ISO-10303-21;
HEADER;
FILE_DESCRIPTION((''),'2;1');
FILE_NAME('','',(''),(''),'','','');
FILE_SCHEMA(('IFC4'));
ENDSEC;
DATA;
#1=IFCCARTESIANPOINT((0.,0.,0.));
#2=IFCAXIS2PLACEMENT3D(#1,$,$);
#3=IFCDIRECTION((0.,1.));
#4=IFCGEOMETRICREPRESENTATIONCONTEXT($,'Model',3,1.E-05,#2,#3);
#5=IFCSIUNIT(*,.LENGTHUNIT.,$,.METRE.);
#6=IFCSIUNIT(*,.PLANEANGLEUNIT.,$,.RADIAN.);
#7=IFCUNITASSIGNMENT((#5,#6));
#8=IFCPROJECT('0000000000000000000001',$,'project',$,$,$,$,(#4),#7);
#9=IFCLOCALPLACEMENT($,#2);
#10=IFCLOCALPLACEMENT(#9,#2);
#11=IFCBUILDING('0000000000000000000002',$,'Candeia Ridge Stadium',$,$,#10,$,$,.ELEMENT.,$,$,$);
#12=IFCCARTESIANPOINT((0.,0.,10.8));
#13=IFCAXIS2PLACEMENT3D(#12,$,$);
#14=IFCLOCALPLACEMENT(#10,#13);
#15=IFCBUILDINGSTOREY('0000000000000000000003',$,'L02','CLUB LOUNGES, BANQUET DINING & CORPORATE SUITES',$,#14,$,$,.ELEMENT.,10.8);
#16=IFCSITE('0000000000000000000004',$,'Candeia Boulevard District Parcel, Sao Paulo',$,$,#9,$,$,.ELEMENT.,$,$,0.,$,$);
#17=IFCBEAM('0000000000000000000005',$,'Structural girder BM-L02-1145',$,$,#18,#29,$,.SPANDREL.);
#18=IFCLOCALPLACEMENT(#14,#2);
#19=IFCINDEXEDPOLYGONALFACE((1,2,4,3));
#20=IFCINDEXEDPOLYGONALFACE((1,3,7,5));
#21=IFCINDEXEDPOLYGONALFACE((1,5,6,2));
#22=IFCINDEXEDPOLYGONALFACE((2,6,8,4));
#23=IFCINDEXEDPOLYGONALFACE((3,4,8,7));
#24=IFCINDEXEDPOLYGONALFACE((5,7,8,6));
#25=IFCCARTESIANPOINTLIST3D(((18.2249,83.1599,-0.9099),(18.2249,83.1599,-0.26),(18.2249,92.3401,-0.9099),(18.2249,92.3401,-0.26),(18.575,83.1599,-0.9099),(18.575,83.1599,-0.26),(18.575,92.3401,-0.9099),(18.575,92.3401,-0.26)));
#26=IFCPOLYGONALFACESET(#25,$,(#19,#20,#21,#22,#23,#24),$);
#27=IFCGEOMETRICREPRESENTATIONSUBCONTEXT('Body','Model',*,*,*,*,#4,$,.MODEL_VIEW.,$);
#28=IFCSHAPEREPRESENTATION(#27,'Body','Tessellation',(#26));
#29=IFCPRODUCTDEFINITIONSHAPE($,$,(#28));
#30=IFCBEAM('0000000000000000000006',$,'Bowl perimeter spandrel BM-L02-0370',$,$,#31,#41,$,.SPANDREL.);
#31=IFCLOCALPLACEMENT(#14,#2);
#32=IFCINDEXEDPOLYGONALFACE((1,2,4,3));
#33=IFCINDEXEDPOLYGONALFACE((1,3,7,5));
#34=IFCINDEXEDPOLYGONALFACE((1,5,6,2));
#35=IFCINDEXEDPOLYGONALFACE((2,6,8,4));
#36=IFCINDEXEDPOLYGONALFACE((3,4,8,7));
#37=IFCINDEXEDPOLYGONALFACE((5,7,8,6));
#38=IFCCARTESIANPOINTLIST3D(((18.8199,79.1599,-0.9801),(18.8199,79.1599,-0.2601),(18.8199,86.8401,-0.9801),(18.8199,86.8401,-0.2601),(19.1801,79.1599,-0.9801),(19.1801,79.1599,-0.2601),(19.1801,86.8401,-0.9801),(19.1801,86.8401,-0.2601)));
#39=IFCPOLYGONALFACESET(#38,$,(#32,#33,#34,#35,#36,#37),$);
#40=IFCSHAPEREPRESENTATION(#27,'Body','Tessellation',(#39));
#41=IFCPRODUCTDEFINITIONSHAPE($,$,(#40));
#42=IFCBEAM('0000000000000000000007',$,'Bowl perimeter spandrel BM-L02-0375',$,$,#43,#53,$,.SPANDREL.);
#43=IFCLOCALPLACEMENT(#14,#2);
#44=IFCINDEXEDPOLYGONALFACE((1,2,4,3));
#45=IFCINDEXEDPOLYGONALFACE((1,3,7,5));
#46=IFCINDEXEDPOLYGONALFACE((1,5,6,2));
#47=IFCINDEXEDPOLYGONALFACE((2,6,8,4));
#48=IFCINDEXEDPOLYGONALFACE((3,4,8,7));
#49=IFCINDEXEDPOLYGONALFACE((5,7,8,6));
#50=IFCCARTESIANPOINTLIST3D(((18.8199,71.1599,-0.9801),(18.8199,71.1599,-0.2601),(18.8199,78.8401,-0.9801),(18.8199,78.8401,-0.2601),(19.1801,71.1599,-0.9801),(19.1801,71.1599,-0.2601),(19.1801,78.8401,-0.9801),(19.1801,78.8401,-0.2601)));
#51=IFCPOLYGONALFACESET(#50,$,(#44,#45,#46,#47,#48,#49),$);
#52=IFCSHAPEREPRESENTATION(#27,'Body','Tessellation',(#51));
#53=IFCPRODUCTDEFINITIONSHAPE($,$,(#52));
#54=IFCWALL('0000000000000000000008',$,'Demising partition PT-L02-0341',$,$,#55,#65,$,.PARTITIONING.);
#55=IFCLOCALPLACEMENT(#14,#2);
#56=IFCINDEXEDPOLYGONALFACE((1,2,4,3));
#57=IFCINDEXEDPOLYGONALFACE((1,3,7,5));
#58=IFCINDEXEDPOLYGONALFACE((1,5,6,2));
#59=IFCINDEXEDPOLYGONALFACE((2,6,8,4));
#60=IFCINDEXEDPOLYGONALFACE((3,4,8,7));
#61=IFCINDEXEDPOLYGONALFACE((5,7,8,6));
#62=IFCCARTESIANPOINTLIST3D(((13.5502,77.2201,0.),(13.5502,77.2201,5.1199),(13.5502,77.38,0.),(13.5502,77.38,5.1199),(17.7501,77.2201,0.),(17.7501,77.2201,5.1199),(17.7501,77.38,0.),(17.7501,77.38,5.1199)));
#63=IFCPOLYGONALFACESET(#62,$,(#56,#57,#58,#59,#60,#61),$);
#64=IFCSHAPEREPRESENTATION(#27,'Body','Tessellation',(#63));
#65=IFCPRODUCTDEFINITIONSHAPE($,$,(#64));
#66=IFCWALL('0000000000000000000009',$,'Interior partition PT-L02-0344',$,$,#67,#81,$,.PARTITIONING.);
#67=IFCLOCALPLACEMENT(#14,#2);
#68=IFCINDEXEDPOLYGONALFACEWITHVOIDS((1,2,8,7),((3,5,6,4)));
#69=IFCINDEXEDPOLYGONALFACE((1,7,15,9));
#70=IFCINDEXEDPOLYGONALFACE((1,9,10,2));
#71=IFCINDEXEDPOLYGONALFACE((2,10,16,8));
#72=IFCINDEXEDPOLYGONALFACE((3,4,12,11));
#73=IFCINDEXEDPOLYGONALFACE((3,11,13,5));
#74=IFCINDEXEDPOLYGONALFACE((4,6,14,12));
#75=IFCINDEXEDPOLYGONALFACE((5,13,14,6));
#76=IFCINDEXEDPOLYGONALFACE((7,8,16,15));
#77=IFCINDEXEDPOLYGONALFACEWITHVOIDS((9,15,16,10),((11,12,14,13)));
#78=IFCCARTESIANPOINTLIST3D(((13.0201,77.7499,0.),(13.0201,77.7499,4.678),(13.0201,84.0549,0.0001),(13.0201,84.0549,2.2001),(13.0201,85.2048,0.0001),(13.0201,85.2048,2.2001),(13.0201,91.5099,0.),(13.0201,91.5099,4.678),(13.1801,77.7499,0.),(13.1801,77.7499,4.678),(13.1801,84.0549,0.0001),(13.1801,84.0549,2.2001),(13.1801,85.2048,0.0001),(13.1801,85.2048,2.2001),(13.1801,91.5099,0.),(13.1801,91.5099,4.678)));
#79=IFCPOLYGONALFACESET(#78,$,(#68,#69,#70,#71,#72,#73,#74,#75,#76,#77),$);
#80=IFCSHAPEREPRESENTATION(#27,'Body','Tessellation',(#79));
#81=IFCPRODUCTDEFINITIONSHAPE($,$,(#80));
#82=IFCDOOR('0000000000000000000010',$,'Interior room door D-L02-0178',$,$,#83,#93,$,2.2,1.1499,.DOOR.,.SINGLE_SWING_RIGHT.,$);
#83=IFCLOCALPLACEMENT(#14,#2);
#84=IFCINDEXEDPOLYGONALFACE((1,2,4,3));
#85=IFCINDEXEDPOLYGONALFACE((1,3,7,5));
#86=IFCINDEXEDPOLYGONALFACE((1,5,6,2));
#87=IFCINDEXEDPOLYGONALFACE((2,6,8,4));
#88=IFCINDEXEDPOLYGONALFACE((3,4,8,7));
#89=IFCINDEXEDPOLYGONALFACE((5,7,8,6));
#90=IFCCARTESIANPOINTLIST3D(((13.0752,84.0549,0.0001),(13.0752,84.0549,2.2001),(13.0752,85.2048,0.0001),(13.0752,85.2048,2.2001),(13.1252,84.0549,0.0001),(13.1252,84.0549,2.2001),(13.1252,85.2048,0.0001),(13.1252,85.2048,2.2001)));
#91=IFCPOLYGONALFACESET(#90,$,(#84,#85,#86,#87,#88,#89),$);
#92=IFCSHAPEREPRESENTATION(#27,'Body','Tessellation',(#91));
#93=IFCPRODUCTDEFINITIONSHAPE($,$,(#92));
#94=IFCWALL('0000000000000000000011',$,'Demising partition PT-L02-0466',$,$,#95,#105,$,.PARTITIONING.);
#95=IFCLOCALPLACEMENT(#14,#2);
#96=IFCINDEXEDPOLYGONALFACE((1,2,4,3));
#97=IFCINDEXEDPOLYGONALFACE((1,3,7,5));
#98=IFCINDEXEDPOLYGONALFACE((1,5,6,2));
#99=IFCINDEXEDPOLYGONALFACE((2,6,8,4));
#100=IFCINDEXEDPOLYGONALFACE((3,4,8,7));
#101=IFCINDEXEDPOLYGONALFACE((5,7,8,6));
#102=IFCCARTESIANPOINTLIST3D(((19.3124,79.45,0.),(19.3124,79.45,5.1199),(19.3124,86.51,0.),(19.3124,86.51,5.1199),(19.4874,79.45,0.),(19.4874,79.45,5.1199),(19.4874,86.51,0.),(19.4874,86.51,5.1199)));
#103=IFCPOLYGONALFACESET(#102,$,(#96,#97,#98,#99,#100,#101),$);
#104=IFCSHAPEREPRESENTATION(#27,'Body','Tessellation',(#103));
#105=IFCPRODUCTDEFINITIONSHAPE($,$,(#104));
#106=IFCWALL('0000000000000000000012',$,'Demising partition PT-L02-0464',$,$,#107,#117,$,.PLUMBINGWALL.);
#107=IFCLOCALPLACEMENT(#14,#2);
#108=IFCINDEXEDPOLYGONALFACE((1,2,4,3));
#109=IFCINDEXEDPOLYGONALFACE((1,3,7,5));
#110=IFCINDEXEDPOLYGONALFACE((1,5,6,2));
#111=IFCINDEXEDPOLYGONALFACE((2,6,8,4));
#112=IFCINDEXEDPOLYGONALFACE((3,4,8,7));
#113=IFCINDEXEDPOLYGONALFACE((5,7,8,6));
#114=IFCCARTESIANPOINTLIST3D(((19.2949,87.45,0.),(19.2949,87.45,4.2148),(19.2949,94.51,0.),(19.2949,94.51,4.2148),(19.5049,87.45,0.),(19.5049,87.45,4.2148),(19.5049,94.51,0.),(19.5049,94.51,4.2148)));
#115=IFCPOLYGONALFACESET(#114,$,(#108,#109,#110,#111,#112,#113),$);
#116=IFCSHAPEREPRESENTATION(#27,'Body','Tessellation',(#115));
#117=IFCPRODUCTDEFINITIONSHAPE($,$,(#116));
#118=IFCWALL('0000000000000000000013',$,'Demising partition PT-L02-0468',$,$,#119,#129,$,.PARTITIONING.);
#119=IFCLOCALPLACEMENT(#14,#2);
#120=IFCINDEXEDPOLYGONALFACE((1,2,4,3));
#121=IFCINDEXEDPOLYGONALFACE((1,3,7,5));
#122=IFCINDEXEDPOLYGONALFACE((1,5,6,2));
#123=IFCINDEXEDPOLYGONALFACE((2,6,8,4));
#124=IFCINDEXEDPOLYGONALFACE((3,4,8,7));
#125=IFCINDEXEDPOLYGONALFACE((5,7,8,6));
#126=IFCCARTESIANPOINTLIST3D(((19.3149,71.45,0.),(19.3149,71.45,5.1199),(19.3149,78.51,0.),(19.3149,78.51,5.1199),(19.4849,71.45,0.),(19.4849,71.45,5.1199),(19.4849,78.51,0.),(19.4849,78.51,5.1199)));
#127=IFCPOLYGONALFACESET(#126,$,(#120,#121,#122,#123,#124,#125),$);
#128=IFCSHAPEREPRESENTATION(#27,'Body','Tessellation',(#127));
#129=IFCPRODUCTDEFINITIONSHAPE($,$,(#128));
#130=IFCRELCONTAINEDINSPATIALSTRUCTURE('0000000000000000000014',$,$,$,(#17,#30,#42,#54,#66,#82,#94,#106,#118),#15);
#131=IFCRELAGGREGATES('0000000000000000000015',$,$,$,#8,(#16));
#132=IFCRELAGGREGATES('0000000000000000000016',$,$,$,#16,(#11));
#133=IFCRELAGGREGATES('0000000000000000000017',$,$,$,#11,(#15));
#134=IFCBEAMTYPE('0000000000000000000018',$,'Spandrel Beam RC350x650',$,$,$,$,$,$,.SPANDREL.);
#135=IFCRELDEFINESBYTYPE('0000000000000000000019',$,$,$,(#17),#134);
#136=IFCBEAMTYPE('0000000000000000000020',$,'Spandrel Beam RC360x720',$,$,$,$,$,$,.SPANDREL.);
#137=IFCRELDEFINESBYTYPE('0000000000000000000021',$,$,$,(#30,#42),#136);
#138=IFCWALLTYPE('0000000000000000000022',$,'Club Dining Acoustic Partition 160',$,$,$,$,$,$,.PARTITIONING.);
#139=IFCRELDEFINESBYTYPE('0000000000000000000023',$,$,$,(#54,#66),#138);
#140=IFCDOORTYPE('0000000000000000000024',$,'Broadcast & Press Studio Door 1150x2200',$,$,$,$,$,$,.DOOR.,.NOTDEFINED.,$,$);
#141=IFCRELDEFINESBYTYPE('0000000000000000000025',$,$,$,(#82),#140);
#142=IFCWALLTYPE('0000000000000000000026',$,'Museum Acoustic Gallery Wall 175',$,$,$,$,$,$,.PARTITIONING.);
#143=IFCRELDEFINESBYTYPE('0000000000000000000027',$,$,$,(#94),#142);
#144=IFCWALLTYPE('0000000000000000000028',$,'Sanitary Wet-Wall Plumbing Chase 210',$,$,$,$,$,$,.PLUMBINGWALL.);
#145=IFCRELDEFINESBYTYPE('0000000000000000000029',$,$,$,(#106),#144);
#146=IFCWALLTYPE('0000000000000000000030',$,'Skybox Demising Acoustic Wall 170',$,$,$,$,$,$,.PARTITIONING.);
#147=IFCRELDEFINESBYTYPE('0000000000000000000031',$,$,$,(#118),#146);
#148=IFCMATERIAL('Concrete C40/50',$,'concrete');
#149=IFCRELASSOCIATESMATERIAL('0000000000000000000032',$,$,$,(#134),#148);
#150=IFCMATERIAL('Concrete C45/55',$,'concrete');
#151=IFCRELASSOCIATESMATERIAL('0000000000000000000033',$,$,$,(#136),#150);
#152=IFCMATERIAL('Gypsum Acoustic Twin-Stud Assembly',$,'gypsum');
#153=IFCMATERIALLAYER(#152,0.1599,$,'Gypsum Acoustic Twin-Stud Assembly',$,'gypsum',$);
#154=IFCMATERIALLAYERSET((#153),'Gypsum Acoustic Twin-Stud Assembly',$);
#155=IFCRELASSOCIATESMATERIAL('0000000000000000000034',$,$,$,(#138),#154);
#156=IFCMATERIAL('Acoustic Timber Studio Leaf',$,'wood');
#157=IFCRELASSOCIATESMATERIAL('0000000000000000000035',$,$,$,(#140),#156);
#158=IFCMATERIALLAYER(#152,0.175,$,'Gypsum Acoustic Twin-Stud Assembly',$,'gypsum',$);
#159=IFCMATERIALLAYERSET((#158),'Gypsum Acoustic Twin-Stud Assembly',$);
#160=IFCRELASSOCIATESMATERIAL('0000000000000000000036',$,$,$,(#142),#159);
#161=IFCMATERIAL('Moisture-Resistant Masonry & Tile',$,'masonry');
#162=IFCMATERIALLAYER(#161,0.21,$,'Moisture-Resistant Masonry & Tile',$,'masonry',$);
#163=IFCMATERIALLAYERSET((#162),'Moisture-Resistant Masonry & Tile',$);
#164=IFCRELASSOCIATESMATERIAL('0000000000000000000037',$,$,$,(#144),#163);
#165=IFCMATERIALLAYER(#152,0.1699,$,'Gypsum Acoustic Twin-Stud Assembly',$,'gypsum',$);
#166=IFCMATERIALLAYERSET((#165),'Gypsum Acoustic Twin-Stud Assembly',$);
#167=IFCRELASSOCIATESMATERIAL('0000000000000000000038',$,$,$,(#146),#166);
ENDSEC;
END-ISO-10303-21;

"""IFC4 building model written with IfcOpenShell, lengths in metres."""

from ifc_helpers import new_model, si_unit, direction, frame, frame_2d, origin, origin_2d, place, context, subcontext, project, spatial, rectangle, extrude, material, layer, layer_set, material_profile, profile_set, type_object, element, fill, save


model = new_model("IFC4")

# Units and contexts
model_context = context("Model", 3, precision=1e-05, world=origin(), true_north=direction((0.0, 1.0)))
body_context = subcontext(model_context, "Body", "Model", "MODEL_VIEW")
ifc_project = project(units=[si_unit("LENGTHUNIT", "METRE"), si_unit("PLANEANGLEUNIT", "RADIAN")], contexts=[model_context])

# Site, building, storey
site_placement = place(None, origin())
site = spatial("IfcSite", under=ifc_project, at=site_placement, Name="Candeia Boulevard District Parcel, Sao Paulo", CompositionType="ELEMENT", RefElevation=0.0)
building_placement = place(site_placement, origin())
building = spatial("IfcBuilding", under=site, at=building_placement, Name="Candeia Ridge Stadium", CompositionType="ELEMENT")
storey_placement = place(building_placement, frame((0.0, 0.0, 10.8)))
storey = spatial("IfcBuildingStorey", under=building, at=storey_placement, Name="L02", Description="CLUB LOUNGES, BANQUET DINING & CORPORATE SUITES", CompositionType="ELEMENT", Elevation=10.8)

# Shared definitions
ifc_material_1 = material(Name="Concrete C45/55", Category="concrete")
ifc_material_2 = material(Name="Concrete C40/50", Category="concrete")

# Beams
ifc_material_profile_1 = material_profile(ifc_material_2, rectangle(XDim=0.3501, YDim=0.6499, at=origin_2d()), Name="RC350x650", Category="concrete")
ifc_profile_set_1 = profile_set([ifc_material_profile_1], Name="Concrete C40/50")
beam_type_1 = type_object("IfcBeamType", Name="Spandrel Beam RC350x650", PredefinedType="SPANDREL", material=ifc_profile_set_1)
for number, where, z_axis, x_axis, name in (
    (1, (18.3999, 83.1599, -0.585), (0.0, 1.0, 0.0), (-1.0, 0.0, 0.0), "Structural girder BM-L02-1145"),
):
    element("IfcBeam", number, at=place(storey_placement, frame(where, z_axis=z_axis, x_axis=x_axis)), inside=storey, type_object=beam_type_1, Name=name, PredefinedType="SPANDREL", context=body_context, shape_type="SweptSolid", body=[
        extrude(rectangle(XDim=0.3501, YDim=0.6499, at=origin_2d()), origin(), (0.0, 0.0, 1.0), 9.1802),
    ])
ifc_material_profile_2 = material_profile(ifc_material_1, rectangle(XDim=0.3601, YDim=0.72, at=origin_2d()), Name="RC360x720", Category="concrete")
ifc_profile_set_2 = profile_set([ifc_material_profile_2], Name="Concrete C45/55")
beam_type_2 = type_object("IfcBeamType", Name="Spandrel Beam RC360x720", PredefinedType="SPANDREL", material=ifc_profile_set_2)
for number, where, z_axis, x_axis, name in (
    (2, (19.0, 86.8401, -0.6201), (0.0, -1.0, 0.0), (1.0, 0.0, 0.0), "Bowl perimeter spandrel BM-L02-0370"),
    (3, (19.0, 78.8401, -0.6201), (0.0, -1.0, 0.0), (1.0, 0.0, 0.0), "Bowl perimeter spandrel BM-L02-0375"),
):
    element("IfcBeam", number, at=place(storey_placement, frame(where, z_axis=z_axis, x_axis=x_axis)), inside=storey, type_object=beam_type_2, Name=name, PredefinedType="SPANDREL", context=body_context, shape_type="SweptSolid", body=[
        extrude(rectangle(XDim=0.3601, YDim=0.72, at=origin_2d()), origin(), (0.0, 0.0, 1.0), 7.6802),
    ])

# Wall
ifc_material_3 = material(Name="Gypsum Acoustic Twin-Stud Assembly", Category="gypsum")
ifc_layer_1 = layer(ifc_material_3, 0.1599, Name="Gypsum Acoustic Twin-Stud Assembly", Category="gypsum")
ifc_layer_set_1 = layer_set([ifc_layer_1], Name="Gypsum Acoustic Twin-Stud Assembly")
wall_type_1 = type_object("IfcWallType", Name="Club Dining Acoustic Partition 160", PredefinedType="PARTITIONING", material=ifc_layer_set_1)
wall_1_placement = place(storey_placement, frame((13.55, 77.3, 0.0), z_axis=(0.0, 0.0, 1.0), x_axis=(1.0, 0.0, 0.0)))
element("IfcWall", 4, at=wall_1_placement, inside=storey, type_object=wall_type_1, Name="Demising partition PT-L02-0341", PredefinedType="PARTITIONING", context=body_context, shape_type="SweptSolid", body=[
    extrude(rectangle(XDim=4.2, YDim=0.1599, at=frame_2d((2.1001, 0.0))), origin(), (0.0, 0.0, 1.0), 5.1199),
])

# Wall, opening, door
wall_2_placement = place(storey_placement, frame((13.1001, 77.75, 0.0), z_axis=(0.0, 0.0, 1.0), x_axis=(0.0, 1.0, 0.0)))
wall_2 = element("IfcWall", 5, at=wall_2_placement, inside=storey, type_object=wall_type_1, Name="Interior partition PT-L02-0344", PredefinedType="PARTITIONING", context=body_context, shape_type="SweptSolid", body=[
    extrude(rectangle(XDim=13.76, YDim=0.1599, at=frame_2d((6.8799, 0.0))), origin(), (0.0, 0.0, 1.0), 4.678),
])
opening_placement = place(wall_2_placement, frame((6.3049, 0.0, 0.0)))
opening = element("IfcOpeningElement", 6, at=opening_placement, cuts=wall_2, PredefinedType="OPENING", context=body_context, shape_type="SweptSolid", body=[
    extrude(rectangle(XDim=1.1499, YDim=2.2, at=frame_2d((0.575, 1.1001))), frame((0.0, 0.0898, 0.0), z_axis=(0.0, -1.0, 0.0), x_axis=(1.0, 0.0, 0.0)), (0.0, 0.0, 1.0), 0.1799),
])
ifc_material_4 = material(Name="Acoustic Timber Studio Leaf", Category="wood")
door_type = type_object("IfcDoorType", Name="Broadcast & Press Studio Door 1150x2200", OperationType="NOTDEFINED", PredefinedType="DOOR", material=ifc_material_4)
door_placement = place(opening_placement, origin())
door = element("IfcDoor", 7, at=door_placement, inside=storey, type_object=door_type, Name="Interior room door D-L02-0178", OperationType="SINGLE_SWING_RIGHT", OverallHeight=2.2, OverallWidth=1.1499, PredefinedType="DOOR", context=body_context, shape_type="SweptSolid", body=[
    extrude(rectangle(XDim=1.1499, YDim=2.2, at=frame_2d((0.575, 1.1001))), frame((0.0, 0.0249, 0.0), z_axis=(0.0, -1.0, 0.0), x_axis=(1.0, 0.0, 0.0)), (0.0, 0.0, 1.0), 0.05),
])
fill(opening, door)

# Walls
ifc_layer_2 = layer(ifc_material_3, 0.175, Name="Gypsum Acoustic Twin-Stud Assembly", Category="gypsum")
ifc_layer_set_2 = layer_set([ifc_layer_2], Name="Gypsum Acoustic Twin-Stud Assembly")
wall_type_2 = type_object("IfcWallType", Name="Museum Acoustic Gallery Wall 175", PredefinedType="PARTITIONING", material=ifc_layer_set_2)
wall_3_placement = place(storey_placement, frame((19.3999, 79.45, 0.0), z_axis=(0.0, 0.0, 1.0), x_axis=(0.0, 1.0, 0.0)))
element("IfcWall", 8, at=wall_3_placement, inside=storey, type_object=wall_type_2, Name="Demising partition PT-L02-0466", PredefinedType="PARTITIONING", context=body_context, shape_type="SweptSolid", body=[
    extrude(rectangle(XDim=7.0601, YDim=0.175, at=frame_2d((3.53, 0.0))), origin(), (0.0, 0.0, 1.0), 5.1199),
])
ifc_material_5 = material(Name="Moisture-Resistant Masonry & Tile", Category="masonry")
ifc_layer_3 = layer(ifc_material_5, 0.21, Name="Moisture-Resistant Masonry & Tile", Category="masonry")
ifc_layer_set_3 = layer_set([ifc_layer_3], Name="Moisture-Resistant Masonry & Tile")
wall_type_3 = type_object("IfcWallType", Name="Sanitary Wet-Wall Plumbing Chase 210", PredefinedType="PLUMBINGWALL", material=ifc_layer_set_3)
wall_4_placement = place(storey_placement, frame((19.3999, 87.45, 0.0), z_axis=(0.0, 0.0, 1.0), x_axis=(0.0, 1.0, 0.0)))
element("IfcWall", 9, at=wall_4_placement, inside=storey, type_object=wall_type_3, Name="Demising partition PT-L02-0464", PredefinedType="PLUMBINGWALL", context=body_context, shape_type="SweptSolid", body=[
    extrude(rectangle(XDim=7.0601, YDim=0.21, at=frame_2d((3.53, 0.0))), origin(), (0.0, 0.0, 1.0), 4.2148),
])
ifc_layer_4 = layer(ifc_material_3, 0.1699, Name="Gypsum Acoustic Twin-Stud Assembly", Category="gypsum")
ifc_layer_set_4 = layer_set([ifc_layer_4], Name="Gypsum Acoustic Twin-Stud Assembly")
wall_type_4 = type_object("IfcWallType", Name="Skybox Demising Acoustic Wall 170", PredefinedType="PARTITIONING", material=ifc_layer_set_4)
wall_5_placement = place(storey_placement, frame((19.3999, 71.45, 0.0), z_axis=(0.0, 0.0, 1.0), x_axis=(0.0, 1.0, 0.0)))
element("IfcWall", 10, at=wall_5_placement, inside=storey, type_object=wall_type_4, Name="Demising partition PT-L02-0468", PredefinedType="PARTITIONING", context=body_context, shape_type="SweptSolid", body=[
    extrude(rectangle(XDim=7.0601, YDim=0.1699, at=frame_2d((3.53, 0.0))), origin(), (0.0, 0.0, 1.0), 5.1199),
])

save(model, "model.ifc")
